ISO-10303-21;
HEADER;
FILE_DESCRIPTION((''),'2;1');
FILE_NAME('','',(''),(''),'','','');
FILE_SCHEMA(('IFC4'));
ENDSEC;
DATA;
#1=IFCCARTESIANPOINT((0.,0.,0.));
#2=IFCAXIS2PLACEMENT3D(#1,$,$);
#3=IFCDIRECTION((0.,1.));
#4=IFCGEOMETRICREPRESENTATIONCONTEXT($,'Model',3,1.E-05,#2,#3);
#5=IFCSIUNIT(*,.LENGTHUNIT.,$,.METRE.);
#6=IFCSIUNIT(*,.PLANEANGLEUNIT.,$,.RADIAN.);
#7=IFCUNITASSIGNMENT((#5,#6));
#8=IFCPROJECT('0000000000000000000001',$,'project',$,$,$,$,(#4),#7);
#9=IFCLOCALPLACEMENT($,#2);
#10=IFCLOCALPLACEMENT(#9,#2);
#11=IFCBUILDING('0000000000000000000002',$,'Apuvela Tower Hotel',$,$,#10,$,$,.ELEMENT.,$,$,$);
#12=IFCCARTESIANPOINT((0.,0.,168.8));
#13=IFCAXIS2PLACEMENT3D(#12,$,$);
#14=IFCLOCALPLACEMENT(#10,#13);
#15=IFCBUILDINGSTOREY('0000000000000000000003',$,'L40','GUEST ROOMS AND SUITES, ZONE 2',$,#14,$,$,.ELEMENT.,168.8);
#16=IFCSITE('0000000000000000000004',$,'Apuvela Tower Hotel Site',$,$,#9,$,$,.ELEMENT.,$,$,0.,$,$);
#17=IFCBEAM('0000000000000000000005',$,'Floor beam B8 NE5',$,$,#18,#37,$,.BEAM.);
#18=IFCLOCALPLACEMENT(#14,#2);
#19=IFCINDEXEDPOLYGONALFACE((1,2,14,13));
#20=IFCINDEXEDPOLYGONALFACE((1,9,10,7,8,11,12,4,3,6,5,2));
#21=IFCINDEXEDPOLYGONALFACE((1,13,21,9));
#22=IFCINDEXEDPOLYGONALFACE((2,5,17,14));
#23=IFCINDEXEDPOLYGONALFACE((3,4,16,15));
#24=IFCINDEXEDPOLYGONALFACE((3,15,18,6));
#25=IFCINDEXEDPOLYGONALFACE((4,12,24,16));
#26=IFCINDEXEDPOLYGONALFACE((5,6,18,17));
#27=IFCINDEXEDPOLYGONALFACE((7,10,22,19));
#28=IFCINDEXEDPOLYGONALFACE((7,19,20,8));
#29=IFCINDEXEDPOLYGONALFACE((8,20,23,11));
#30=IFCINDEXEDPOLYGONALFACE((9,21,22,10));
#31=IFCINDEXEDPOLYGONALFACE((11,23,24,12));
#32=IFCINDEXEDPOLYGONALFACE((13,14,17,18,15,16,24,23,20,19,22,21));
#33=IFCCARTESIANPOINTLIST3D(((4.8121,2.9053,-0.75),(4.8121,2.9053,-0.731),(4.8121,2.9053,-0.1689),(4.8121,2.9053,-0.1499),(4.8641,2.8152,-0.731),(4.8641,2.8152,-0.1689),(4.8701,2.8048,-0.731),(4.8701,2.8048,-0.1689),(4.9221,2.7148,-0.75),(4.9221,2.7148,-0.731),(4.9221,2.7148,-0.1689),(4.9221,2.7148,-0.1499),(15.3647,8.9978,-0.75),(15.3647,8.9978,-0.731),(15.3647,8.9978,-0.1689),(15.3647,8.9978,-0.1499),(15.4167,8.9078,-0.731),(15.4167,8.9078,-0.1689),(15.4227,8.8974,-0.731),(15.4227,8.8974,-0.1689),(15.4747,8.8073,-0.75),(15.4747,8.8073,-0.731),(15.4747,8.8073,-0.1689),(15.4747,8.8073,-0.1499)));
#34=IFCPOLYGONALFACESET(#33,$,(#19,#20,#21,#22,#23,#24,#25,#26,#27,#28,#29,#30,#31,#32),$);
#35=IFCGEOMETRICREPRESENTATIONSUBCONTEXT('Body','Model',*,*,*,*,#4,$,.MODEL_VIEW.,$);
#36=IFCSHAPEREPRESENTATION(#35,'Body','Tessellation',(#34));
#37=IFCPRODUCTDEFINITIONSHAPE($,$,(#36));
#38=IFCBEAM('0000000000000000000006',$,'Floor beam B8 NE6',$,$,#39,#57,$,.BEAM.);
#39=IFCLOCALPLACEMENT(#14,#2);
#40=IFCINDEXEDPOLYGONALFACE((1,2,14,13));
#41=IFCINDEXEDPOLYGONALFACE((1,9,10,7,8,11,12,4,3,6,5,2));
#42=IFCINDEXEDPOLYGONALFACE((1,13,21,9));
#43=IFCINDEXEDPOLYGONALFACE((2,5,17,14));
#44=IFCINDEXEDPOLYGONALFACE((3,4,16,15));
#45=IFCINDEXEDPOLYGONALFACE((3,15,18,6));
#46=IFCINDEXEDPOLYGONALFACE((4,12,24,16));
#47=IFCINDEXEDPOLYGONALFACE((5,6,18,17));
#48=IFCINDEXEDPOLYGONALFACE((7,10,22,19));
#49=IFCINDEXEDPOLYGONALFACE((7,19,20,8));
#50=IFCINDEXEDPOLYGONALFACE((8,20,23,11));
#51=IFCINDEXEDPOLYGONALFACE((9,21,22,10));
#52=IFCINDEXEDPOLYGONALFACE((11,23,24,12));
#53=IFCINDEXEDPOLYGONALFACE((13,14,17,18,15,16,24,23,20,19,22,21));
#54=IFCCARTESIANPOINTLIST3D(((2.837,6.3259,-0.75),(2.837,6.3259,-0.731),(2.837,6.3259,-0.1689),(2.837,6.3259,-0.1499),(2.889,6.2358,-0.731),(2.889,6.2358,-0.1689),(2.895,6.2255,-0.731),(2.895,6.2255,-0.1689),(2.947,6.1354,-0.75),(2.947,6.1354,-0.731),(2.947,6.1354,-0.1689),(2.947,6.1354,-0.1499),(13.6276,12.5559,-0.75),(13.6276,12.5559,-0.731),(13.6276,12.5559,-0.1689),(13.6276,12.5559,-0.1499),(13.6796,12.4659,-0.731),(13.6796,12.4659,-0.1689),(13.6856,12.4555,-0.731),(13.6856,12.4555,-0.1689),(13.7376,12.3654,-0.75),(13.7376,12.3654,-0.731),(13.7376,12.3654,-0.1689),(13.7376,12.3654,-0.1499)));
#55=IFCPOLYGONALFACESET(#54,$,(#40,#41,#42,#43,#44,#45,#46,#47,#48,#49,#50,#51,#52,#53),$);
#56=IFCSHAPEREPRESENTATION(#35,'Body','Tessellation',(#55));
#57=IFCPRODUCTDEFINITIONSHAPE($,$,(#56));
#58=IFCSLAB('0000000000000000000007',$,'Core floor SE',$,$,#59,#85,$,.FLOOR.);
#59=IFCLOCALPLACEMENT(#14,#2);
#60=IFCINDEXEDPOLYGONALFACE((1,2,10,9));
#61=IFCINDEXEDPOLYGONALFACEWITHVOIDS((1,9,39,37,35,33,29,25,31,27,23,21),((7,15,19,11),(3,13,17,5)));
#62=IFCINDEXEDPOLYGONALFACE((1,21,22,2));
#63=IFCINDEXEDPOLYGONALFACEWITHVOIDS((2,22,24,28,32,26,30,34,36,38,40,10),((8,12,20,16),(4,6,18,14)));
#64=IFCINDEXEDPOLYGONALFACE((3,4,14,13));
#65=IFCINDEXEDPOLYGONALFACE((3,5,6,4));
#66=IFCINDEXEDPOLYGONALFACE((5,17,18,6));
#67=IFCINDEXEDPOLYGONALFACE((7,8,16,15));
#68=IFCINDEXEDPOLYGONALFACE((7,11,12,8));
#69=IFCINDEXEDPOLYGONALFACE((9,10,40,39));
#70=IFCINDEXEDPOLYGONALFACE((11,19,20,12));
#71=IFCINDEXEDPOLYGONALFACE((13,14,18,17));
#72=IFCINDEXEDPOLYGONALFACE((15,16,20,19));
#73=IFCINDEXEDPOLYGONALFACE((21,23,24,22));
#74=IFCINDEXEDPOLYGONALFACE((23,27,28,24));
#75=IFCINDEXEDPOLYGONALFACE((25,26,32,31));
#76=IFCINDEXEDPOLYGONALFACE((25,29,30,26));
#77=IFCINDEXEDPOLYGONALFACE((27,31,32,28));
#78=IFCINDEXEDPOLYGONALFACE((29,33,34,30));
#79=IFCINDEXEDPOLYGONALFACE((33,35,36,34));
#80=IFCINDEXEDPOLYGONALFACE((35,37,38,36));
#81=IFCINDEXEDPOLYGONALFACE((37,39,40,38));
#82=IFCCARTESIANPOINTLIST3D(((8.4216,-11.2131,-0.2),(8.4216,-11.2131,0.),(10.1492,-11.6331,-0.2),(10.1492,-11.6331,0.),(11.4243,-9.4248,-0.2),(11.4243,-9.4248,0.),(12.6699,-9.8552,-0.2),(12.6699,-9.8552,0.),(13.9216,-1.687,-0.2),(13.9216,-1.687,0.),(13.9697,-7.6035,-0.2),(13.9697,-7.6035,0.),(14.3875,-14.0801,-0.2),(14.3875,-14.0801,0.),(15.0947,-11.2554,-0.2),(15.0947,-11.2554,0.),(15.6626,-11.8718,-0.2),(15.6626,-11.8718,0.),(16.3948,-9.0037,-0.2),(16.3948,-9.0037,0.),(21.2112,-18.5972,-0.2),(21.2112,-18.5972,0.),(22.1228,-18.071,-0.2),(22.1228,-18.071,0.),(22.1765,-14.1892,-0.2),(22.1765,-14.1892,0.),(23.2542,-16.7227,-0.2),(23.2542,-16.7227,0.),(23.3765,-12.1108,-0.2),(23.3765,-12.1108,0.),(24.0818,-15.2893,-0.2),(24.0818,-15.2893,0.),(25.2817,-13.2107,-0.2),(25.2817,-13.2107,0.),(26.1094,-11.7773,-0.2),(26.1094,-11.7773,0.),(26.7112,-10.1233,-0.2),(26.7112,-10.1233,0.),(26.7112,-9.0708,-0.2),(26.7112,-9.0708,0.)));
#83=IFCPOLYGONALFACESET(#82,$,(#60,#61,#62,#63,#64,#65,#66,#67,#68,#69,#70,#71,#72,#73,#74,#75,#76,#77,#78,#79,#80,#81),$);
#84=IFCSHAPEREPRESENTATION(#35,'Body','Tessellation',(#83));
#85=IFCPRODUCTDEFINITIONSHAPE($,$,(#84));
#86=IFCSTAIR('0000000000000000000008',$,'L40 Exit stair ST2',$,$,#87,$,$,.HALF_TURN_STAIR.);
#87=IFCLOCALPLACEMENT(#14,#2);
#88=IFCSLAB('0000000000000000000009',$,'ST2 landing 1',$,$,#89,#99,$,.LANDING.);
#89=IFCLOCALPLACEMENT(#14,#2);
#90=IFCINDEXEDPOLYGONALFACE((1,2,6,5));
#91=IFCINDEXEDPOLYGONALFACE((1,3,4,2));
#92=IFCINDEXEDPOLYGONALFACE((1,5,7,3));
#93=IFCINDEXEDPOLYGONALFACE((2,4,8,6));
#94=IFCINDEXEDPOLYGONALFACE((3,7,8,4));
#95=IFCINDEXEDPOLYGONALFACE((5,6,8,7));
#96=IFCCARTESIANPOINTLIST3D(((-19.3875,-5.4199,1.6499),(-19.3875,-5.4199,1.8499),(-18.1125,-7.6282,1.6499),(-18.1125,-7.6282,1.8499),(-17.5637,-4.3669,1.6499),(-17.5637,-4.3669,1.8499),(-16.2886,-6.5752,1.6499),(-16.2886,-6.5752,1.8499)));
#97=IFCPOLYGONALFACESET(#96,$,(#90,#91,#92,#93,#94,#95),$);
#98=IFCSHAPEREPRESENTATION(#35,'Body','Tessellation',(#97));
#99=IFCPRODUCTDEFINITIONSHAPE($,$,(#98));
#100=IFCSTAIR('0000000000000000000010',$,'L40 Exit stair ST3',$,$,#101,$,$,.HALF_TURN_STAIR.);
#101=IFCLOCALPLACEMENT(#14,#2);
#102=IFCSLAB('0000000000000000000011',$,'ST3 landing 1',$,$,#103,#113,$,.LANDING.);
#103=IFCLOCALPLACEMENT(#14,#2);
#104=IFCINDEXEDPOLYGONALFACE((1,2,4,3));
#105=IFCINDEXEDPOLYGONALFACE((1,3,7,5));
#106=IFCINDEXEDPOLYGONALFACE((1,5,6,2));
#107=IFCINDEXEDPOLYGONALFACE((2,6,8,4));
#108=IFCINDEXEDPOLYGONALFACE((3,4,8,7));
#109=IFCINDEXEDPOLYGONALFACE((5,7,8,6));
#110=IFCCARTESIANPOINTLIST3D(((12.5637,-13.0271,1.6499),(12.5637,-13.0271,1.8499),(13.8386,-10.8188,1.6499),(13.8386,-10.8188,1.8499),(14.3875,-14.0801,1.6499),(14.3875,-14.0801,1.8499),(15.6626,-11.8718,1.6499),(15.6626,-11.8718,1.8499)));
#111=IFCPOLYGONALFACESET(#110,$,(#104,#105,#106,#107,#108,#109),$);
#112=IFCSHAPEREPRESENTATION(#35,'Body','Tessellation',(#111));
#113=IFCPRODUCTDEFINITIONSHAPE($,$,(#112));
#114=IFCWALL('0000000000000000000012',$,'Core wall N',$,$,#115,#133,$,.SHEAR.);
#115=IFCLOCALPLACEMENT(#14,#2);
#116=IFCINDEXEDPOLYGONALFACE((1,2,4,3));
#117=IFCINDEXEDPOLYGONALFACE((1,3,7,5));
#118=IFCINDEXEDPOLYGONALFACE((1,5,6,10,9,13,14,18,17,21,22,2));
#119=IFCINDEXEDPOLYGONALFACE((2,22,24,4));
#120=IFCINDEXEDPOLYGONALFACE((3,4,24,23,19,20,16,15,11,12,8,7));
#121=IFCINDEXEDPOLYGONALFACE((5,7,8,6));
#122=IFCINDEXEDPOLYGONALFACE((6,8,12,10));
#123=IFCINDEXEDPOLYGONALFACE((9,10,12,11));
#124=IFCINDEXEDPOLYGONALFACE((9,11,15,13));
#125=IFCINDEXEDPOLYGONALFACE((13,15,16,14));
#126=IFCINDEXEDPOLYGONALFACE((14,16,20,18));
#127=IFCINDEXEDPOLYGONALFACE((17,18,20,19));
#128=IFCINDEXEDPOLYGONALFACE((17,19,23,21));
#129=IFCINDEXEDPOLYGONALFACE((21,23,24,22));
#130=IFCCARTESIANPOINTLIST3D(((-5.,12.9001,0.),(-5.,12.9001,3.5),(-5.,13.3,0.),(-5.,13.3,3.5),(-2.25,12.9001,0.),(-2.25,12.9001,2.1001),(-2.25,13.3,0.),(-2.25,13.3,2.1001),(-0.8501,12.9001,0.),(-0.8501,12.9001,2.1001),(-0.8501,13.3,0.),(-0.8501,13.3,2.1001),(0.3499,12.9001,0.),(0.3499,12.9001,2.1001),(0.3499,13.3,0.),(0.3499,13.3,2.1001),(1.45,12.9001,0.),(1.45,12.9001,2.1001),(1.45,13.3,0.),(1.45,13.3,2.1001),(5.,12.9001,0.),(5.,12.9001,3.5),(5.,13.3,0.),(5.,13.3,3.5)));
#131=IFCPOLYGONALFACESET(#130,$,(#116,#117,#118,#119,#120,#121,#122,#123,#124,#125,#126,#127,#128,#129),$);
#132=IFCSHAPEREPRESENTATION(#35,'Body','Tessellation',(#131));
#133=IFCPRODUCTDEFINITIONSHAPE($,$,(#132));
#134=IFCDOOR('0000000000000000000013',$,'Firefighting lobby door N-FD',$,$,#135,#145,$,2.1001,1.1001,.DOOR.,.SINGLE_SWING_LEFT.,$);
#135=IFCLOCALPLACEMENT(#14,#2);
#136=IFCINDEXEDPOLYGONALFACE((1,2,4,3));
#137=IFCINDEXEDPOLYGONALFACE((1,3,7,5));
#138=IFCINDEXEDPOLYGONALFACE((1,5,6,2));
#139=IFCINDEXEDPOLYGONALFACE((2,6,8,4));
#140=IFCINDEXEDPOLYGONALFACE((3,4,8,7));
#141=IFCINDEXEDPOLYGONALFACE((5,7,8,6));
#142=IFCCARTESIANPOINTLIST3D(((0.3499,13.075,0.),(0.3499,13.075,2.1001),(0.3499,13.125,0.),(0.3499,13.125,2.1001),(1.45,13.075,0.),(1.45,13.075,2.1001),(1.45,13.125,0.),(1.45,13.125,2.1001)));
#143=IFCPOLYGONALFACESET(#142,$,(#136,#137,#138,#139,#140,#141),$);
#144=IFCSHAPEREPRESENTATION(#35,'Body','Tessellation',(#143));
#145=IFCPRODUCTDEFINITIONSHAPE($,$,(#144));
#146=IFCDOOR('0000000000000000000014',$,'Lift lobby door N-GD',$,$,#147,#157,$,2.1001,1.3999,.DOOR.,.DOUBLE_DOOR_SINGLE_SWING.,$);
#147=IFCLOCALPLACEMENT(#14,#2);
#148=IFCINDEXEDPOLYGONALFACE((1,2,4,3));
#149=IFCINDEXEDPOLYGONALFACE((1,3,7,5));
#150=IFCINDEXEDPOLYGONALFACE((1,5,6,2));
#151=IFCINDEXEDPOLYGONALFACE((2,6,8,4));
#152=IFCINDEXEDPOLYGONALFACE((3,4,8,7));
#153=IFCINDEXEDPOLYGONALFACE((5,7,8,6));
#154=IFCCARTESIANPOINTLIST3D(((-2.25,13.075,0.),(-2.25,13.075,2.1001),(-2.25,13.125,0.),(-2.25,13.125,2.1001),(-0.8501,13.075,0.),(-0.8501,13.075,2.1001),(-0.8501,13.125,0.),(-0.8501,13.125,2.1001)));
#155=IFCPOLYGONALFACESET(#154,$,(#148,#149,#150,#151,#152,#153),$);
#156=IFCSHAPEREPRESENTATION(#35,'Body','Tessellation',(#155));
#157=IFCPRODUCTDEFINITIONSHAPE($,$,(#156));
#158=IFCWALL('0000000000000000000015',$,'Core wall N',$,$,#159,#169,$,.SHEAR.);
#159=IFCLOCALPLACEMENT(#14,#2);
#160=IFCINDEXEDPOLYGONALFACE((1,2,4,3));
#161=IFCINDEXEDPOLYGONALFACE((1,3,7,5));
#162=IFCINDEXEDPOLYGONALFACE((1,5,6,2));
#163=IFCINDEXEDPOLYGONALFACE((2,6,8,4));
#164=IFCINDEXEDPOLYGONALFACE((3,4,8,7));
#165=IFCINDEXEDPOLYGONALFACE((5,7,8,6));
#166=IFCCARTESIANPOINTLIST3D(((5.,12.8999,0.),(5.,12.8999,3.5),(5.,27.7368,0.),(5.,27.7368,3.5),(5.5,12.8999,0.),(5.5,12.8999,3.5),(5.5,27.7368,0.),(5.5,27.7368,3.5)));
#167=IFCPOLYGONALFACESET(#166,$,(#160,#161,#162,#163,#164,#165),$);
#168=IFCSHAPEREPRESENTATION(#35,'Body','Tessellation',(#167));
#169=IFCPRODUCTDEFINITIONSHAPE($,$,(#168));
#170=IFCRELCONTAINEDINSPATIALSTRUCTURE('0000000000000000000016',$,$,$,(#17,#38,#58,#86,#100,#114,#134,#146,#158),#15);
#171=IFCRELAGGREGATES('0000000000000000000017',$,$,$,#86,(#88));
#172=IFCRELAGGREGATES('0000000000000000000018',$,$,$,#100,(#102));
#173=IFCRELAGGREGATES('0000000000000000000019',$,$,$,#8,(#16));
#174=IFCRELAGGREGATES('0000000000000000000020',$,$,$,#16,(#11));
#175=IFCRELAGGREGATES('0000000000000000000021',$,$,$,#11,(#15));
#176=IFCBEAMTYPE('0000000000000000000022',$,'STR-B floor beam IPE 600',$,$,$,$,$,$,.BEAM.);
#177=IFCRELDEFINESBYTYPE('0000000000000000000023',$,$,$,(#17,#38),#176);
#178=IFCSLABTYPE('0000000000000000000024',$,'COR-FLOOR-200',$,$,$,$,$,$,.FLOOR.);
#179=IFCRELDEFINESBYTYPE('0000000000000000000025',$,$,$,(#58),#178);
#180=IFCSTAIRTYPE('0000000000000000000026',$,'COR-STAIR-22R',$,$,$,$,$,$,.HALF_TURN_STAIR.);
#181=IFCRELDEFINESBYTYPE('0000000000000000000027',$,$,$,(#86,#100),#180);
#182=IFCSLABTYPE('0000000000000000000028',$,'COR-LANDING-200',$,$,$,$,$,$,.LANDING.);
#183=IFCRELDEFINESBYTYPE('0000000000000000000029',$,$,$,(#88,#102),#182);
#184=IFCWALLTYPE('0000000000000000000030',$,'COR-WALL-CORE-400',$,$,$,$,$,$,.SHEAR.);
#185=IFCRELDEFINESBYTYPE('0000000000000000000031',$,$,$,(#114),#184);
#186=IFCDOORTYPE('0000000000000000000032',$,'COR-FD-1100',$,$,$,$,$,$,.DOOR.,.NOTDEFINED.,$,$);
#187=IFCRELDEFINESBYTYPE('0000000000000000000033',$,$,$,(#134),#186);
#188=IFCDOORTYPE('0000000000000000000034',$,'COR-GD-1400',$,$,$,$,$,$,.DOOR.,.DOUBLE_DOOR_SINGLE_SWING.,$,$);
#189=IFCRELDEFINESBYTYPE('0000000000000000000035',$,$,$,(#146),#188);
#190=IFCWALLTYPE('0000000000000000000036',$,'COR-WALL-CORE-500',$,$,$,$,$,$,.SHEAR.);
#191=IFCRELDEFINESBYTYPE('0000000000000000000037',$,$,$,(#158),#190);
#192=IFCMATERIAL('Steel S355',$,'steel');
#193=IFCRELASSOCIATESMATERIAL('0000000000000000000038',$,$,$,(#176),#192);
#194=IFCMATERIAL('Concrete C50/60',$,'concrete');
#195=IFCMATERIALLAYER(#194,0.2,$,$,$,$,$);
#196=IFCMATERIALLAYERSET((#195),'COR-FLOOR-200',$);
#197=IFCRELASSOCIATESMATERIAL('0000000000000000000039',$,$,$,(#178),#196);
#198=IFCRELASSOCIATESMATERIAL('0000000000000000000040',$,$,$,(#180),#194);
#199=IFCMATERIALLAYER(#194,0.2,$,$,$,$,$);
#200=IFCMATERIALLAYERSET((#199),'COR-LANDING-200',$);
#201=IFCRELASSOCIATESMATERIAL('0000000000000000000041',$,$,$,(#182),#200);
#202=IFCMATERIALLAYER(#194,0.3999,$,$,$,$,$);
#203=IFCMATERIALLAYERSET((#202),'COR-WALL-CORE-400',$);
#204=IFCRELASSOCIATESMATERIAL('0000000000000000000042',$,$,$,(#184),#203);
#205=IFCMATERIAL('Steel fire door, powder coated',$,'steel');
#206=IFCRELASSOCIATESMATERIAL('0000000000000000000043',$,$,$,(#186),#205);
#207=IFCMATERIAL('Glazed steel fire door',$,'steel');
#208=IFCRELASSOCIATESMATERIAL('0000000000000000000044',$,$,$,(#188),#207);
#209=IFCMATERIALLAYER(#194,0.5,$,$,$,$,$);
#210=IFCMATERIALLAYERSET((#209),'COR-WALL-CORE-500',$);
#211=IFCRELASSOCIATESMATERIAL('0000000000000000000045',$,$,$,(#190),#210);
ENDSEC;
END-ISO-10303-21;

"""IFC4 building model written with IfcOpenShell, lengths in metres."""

from ifc_helpers import new_model, si_unit, direction, frame, frame_2d, origin, origin_2d, place, context, subcontext, project, spatial, polyline, rectangle, i_section, outline, extrude, material, layer, layer_set, material_profile, profile_set, type_object, element, fill, aggregate, save


model = new_model("IFC4")

# Units and contexts
model_context = context("Model", 3, precision=1e-05, world=origin(), true_north=direction((0.0, 1.0)))
body_context = subcontext(model_context, "Body", "Model", "MODEL_VIEW")
ifc_project = project(units=[si_unit("LENGTHUNIT", "METRE"), si_unit("PLANEANGLEUNIT", "RADIAN")], contexts=[model_context])

# Site, building, storey
site_placement = place(None, origin())
site = spatial("IfcSite", under=ifc_project, at=site_placement, Name="Apuvela Tower Hotel Site", CompositionType="ELEMENT", RefElevation=0.0)
building_placement = place(site_placement, origin())
building = spatial("IfcBuilding", under=site, at=building_placement, Name="Apuvela Tower Hotel", CompositionType="ELEMENT")
storey_placement = place(building_placement, frame((0.0, 0.0, 168.8)))
storey = spatial("IfcBuildingStorey", under=building, at=storey_placement, Name="L40", Description="GUEST ROOMS AND SUITES, ZONE 2", CompositionType="ELEMENT", Elevation=168.8)

# Beams
ifc_material_1 = material(Name="Steel S355", Category="steel")
ifc_material_profile = material_profile(ifc_material_1, i_section(OverallWidth=0.22, OverallDepth=0.6001, WebThickness=0.012, FlangeThickness=0.019, at=origin_2d()), Name="IPE 600")
ifc_profile_set = profile_set([ifc_material_profile], Name="Steel S355")
beam_type = type_object("IfcBeamType", Name="STR-B floor beam IPE 600", PredefinedType="BEAM", material=ifc_profile_set)
beam_1_placement = place(storey_placement, frame((15.4197, 8.9026, -0.45), z_axis=(-0.866024, -0.500003, 0.0), x_axis=(0.500003, -0.866024, 0.0)))
element("IfcBeam", 1, at=beam_1_placement, inside=storey, type_object=beam_type, Name="Floor beam B8 NE5", PredefinedType="BEAM", context=body_context, shape_type="SweptSolid", body=[
    extrude(i_section(OverallWidth=0.22, OverallDepth=0.6001, WebThickness=0.012, FlangeThickness=0.019, at=origin_2d()), origin(), (0.0, 0.0, 1.0), 12.1851),
])
beam_2_placement = place(storey_placement, frame((13.6826, 12.4607, -0.45), z_axis=(-0.866023, -0.500004, 0.0), x_axis=(0.500004, -0.866023, 0.0)))
element("IfcBeam", 2, at=beam_2_placement, inside=storey, type_object=beam_type, Name="Floor beam B8 NE6", PredefinedType="BEAM", context=body_context, shape_type="SweptSolid", body=[
    extrude(i_section(OverallWidth=0.22, OverallDepth=0.6001, WebThickness=0.012, FlangeThickness=0.019, at=origin_2d()), origin(), (0.0, 0.0, 1.0), 12.46),
])

# Slab
ifc_material_2 = material(Name="Concrete C50/60", Category="concrete")
ifc_layer_1 = layer(ifc_material_2, 0.2)
ifc_layer_set_1 = layer_set([ifc_layer_1], Name="COR-FLOOR-200")
slab_type_1 = type_object("IfcSlabType", Name="COR-FLOOR-200", PredefinedType="FLOOR", material=ifc_layer_set_1)
slab_1_placement = place(storey_placement, frame((0.0, 0.0, -0.2)))
element("IfcSlab", 3, at=slab_1_placement, inside=storey, type_object=slab_type_1, Name="Core floor SE", PredefinedType="FLOOR", context=body_context, shape_type="SweptSolid", body=[
    extrude(outline(polyline([(21.2112, -18.5972), (22.1228, -18.071), (23.2542, -16.7227), (24.0818, -15.2893), (22.1765, -14.1892), (23.3765, -12.1108), (25.2817, -13.2107), (26.1094, -11.7773), (26.7112, -10.1233), (26.7112, -9.0708), (13.9216, -1.687), (8.4216, -11.2131), (21.2112, -18.5972)]), holes=[polyline([(11.4243, -9.4248), (15.6626, -11.8718), (14.3875, -14.0801), (10.1492, -11.6331), (11.4243, -9.4248)]), polyline([(13.9697, -7.6035), (16.3948, -9.0037), (15.0947, -11.2554), (12.6699, -9.8552), (13.9697, -7.6035)])]), origin(), (0.0, 0.0, 1.0), 0.2),
])

# Stairs, slabs
stair_type = type_object("IfcStairType", Name="COR-STAIR-22R", PredefinedType="HALF_TURN_STAIR", material=ifc_material_2)
stair_1_placement = place(storey_placement, origin())
stair_1 = element("IfcStair", 4, at=stair_1_placement, inside=storey, type_object=stair_type, Name="L40 Exit stair ST2", PredefinedType="HALF_TURN_STAIR")
ifc_layer_2 = layer(ifc_material_2, 0.2)
ifc_layer_set_2 = layer_set([ifc_layer_2], Name="COR-LANDING-200")
slab_type_2 = type_object("IfcSlabType", Name="COR-LANDING-200", PredefinedType="LANDING", material=ifc_layer_set_2)
slab_2_placement = place(storey_placement, frame((0.0, 0.0, 1.6499)))
slab_2 = element("IfcSlab", 5, at=slab_2_placement, type_object=slab_type_2, Name="ST2 landing 1", PredefinedType="LANDING", context=body_context, shape_type="SweptSolid", body=[
    extrude(outline(polyline([(-17.5637, -4.3669), (-19.3875, -5.4199), (-18.1125, -7.6282), (-16.2886, -6.5752), (-17.5637, -4.3669)])), origin(), (0.0, 0.0, 1.0), 0.2),
])
aggregate(stair_1, [slab_2])
stair_2_placement = place(storey_placement, origin())
stair_2 = element("IfcStair", 6, at=stair_2_placement, inside=storey, type_object=stair_type, Name="L40 Exit stair ST3", PredefinedType="HALF_TURN_STAIR")
slab_3_placement = place(storey_placement, frame((0.0, 0.0, 1.6499)))
slab_3 = element("IfcSlab", 7, at=slab_3_placement, type_object=slab_type_2, Name="ST3 landing 1", PredefinedType="LANDING", context=body_context, shape_type="SweptSolid", body=[
    extrude(outline(polyline([(12.5637, -13.0271), (14.3875, -14.0801), (15.6626, -11.8718), (13.8386, -10.8188), (12.5637, -13.0271)])), origin(), (0.0, 0.0, 1.0), 0.2),
])
aggregate(stair_2, [slab_3])

# Wall, openings, doors
ifc_layer_3 = layer(ifc_material_2, 0.3999)
ifc_layer_set_3 = layer_set([ifc_layer_3], Name="COR-WALL-CORE-400")
wall_type_1 = type_object("IfcWallType", Name="COR-WALL-CORE-400", PredefinedType="SHEAR", material=ifc_layer_set_3)
wall_1_placement = place(storey_placement, frame((5.0, 13.1001, 0.0), z_axis=(0.0, 0.0, 1.0), x_axis=(-1.0, 0.0, 0.0)))
wall_1 = element("IfcWall", 8, at=wall_1_placement, inside=storey, type_object=wall_type_1, Name="Core wall N", PredefinedType="SHEAR", context=body_context, shape_type="SweptSolid", body=[
    extrude(rectangle(XDim=10.0, YDim=0.3999, at=frame_2d((5.0, 0.0))), origin(), (0.0, 0.0, 1.0), 3.5),
])
opening_1_placement = place(wall_1_placement, frame((3.55, 0.0, 0.0)))
opening_1 = element("IfcOpeningElement", 9, at=opening_1_placement, cuts=wall_1, PredefinedType="OPENING", context=body_context, shape_type="SweptSolid", body=[
    extrude(rectangle(XDim=1.1001, YDim=2.1001, at=frame_2d((0.55, 1.05))), frame((0.0, 0.21, 0.0), z_axis=(0.0, -1.0, 0.0), x_axis=(1.0, 0.0, 0.0)), (0.0, 0.0, 1.0), 0.4199),
])
opening_2_placement = place(wall_1_placement, frame((5.8501, 0.0, 0.0)))
opening_2 = element("IfcOpeningElement", 10, at=opening_2_placement, cuts=wall_1, PredefinedType="OPENING", context=body_context, shape_type="SweptSolid", body=[
    extrude(rectangle(XDim=1.3999, YDim=2.1001, at=frame_2d((0.7, 1.05))), frame((0.0, 0.21, 0.0), z_axis=(0.0, -1.0, 0.0), x_axis=(1.0, 0.0, 0.0)), (0.0, 0.0, 1.0), 0.4199),
])
ifc_material_3 = material(Name="Steel fire door, powder coated", Category="steel")
door_type_1 = type_object("IfcDoorType", Name="COR-FD-1100", OperationType="NOTDEFINED", PredefinedType="DOOR", material=ifc_material_3)
door_1_placement = place(opening_1_placement, frame((1.1001, 0.0, 0.0), z_axis=(0.0, 0.0, 1.0), x_axis=(-1.0, 0.0, 0.0)))
door_1 = element("IfcDoor", 11, at=door_1_placement, inside=storey, type_object=door_type_1, Name="Firefighting lobby door N-FD", OperationType="SINGLE_SWING_LEFT", OverallHeight=2.1001, OverallWidth=1.1001, PredefinedType="DOOR", context=body_context, shape_type="SweptSolid", body=[
    extrude(rectangle(XDim=1.1001, YDim=2.1001, at=frame_2d((0.55, 1.05))), frame((0.0, 0.0249, 0.0), z_axis=(0.0, -1.0, 0.0), x_axis=(1.0, 0.0, 0.0)), (0.0, 0.0, 1.0), 0.05),
])
fill(opening_1, door_1)
ifc_material_4 = material(Name="Glazed steel fire door", Category="steel")
door_type_2 = type_object("IfcDoorType", Name="COR-GD-1400", OperationType="DOUBLE_DOOR_SINGLE_SWING", PredefinedType="DOOR", material=ifc_material_4)
door_2_placement = place(opening_2_placement, frame((1.3999, 0.0, 0.0), z_axis=(0.0, 0.0, 1.0), x_axis=(-1.0, 0.0, 0.0)))
door_2 = element("IfcDoor", 12, at=door_2_placement, inside=storey, type_object=door_type_2, Name="Lift lobby door N-GD", OperationType="DOUBLE_DOOR_SINGLE_SWING", OverallHeight=2.1001, OverallWidth=1.3999, PredefinedType="DOOR", context=body_context, shape_type="SweptSolid", body=[
    extrude(rectangle(XDim=1.3999, YDim=2.1001, at=frame_2d((0.7, 1.05))), frame((0.0, 0.0249, 0.0), z_axis=(0.0, -1.0, 0.0), x_axis=(1.0, 0.0, 0.0)), (0.0, 0.0, 1.0), 0.05),
])
fill(opening_2, door_2)

# Wall
ifc_layer_4 = layer(ifc_material_2, 0.5)
ifc_layer_set_4 = layer_set([ifc_layer_4], Name="COR-WALL-CORE-500")
wall_type_2 = type_object("IfcWallType", Name="COR-WALL-CORE-500", PredefinedType="SHEAR", material=ifc_layer_set_4)
wall_2_placement = place(storey_placement, frame((5.25, 12.8999, 0.0), z_axis=(0.0, 0.0, 1.0), x_axis=(0.0, 1.0, 0.0)))
element("IfcWall", 13, at=wall_2_placement, inside=storey, type_object=wall_type_2, Name="Core wall N", PredefinedType="SHEAR", context=body_context, shape_type="SweptSolid", body=[
    extrude(rectangle(XDim=14.8369, YDim=0.5, at=frame_2d((7.4185, 0.0))), origin(), (0.0, 0.0, 1.0), 3.5),
])

save(model, "model.ifc")
